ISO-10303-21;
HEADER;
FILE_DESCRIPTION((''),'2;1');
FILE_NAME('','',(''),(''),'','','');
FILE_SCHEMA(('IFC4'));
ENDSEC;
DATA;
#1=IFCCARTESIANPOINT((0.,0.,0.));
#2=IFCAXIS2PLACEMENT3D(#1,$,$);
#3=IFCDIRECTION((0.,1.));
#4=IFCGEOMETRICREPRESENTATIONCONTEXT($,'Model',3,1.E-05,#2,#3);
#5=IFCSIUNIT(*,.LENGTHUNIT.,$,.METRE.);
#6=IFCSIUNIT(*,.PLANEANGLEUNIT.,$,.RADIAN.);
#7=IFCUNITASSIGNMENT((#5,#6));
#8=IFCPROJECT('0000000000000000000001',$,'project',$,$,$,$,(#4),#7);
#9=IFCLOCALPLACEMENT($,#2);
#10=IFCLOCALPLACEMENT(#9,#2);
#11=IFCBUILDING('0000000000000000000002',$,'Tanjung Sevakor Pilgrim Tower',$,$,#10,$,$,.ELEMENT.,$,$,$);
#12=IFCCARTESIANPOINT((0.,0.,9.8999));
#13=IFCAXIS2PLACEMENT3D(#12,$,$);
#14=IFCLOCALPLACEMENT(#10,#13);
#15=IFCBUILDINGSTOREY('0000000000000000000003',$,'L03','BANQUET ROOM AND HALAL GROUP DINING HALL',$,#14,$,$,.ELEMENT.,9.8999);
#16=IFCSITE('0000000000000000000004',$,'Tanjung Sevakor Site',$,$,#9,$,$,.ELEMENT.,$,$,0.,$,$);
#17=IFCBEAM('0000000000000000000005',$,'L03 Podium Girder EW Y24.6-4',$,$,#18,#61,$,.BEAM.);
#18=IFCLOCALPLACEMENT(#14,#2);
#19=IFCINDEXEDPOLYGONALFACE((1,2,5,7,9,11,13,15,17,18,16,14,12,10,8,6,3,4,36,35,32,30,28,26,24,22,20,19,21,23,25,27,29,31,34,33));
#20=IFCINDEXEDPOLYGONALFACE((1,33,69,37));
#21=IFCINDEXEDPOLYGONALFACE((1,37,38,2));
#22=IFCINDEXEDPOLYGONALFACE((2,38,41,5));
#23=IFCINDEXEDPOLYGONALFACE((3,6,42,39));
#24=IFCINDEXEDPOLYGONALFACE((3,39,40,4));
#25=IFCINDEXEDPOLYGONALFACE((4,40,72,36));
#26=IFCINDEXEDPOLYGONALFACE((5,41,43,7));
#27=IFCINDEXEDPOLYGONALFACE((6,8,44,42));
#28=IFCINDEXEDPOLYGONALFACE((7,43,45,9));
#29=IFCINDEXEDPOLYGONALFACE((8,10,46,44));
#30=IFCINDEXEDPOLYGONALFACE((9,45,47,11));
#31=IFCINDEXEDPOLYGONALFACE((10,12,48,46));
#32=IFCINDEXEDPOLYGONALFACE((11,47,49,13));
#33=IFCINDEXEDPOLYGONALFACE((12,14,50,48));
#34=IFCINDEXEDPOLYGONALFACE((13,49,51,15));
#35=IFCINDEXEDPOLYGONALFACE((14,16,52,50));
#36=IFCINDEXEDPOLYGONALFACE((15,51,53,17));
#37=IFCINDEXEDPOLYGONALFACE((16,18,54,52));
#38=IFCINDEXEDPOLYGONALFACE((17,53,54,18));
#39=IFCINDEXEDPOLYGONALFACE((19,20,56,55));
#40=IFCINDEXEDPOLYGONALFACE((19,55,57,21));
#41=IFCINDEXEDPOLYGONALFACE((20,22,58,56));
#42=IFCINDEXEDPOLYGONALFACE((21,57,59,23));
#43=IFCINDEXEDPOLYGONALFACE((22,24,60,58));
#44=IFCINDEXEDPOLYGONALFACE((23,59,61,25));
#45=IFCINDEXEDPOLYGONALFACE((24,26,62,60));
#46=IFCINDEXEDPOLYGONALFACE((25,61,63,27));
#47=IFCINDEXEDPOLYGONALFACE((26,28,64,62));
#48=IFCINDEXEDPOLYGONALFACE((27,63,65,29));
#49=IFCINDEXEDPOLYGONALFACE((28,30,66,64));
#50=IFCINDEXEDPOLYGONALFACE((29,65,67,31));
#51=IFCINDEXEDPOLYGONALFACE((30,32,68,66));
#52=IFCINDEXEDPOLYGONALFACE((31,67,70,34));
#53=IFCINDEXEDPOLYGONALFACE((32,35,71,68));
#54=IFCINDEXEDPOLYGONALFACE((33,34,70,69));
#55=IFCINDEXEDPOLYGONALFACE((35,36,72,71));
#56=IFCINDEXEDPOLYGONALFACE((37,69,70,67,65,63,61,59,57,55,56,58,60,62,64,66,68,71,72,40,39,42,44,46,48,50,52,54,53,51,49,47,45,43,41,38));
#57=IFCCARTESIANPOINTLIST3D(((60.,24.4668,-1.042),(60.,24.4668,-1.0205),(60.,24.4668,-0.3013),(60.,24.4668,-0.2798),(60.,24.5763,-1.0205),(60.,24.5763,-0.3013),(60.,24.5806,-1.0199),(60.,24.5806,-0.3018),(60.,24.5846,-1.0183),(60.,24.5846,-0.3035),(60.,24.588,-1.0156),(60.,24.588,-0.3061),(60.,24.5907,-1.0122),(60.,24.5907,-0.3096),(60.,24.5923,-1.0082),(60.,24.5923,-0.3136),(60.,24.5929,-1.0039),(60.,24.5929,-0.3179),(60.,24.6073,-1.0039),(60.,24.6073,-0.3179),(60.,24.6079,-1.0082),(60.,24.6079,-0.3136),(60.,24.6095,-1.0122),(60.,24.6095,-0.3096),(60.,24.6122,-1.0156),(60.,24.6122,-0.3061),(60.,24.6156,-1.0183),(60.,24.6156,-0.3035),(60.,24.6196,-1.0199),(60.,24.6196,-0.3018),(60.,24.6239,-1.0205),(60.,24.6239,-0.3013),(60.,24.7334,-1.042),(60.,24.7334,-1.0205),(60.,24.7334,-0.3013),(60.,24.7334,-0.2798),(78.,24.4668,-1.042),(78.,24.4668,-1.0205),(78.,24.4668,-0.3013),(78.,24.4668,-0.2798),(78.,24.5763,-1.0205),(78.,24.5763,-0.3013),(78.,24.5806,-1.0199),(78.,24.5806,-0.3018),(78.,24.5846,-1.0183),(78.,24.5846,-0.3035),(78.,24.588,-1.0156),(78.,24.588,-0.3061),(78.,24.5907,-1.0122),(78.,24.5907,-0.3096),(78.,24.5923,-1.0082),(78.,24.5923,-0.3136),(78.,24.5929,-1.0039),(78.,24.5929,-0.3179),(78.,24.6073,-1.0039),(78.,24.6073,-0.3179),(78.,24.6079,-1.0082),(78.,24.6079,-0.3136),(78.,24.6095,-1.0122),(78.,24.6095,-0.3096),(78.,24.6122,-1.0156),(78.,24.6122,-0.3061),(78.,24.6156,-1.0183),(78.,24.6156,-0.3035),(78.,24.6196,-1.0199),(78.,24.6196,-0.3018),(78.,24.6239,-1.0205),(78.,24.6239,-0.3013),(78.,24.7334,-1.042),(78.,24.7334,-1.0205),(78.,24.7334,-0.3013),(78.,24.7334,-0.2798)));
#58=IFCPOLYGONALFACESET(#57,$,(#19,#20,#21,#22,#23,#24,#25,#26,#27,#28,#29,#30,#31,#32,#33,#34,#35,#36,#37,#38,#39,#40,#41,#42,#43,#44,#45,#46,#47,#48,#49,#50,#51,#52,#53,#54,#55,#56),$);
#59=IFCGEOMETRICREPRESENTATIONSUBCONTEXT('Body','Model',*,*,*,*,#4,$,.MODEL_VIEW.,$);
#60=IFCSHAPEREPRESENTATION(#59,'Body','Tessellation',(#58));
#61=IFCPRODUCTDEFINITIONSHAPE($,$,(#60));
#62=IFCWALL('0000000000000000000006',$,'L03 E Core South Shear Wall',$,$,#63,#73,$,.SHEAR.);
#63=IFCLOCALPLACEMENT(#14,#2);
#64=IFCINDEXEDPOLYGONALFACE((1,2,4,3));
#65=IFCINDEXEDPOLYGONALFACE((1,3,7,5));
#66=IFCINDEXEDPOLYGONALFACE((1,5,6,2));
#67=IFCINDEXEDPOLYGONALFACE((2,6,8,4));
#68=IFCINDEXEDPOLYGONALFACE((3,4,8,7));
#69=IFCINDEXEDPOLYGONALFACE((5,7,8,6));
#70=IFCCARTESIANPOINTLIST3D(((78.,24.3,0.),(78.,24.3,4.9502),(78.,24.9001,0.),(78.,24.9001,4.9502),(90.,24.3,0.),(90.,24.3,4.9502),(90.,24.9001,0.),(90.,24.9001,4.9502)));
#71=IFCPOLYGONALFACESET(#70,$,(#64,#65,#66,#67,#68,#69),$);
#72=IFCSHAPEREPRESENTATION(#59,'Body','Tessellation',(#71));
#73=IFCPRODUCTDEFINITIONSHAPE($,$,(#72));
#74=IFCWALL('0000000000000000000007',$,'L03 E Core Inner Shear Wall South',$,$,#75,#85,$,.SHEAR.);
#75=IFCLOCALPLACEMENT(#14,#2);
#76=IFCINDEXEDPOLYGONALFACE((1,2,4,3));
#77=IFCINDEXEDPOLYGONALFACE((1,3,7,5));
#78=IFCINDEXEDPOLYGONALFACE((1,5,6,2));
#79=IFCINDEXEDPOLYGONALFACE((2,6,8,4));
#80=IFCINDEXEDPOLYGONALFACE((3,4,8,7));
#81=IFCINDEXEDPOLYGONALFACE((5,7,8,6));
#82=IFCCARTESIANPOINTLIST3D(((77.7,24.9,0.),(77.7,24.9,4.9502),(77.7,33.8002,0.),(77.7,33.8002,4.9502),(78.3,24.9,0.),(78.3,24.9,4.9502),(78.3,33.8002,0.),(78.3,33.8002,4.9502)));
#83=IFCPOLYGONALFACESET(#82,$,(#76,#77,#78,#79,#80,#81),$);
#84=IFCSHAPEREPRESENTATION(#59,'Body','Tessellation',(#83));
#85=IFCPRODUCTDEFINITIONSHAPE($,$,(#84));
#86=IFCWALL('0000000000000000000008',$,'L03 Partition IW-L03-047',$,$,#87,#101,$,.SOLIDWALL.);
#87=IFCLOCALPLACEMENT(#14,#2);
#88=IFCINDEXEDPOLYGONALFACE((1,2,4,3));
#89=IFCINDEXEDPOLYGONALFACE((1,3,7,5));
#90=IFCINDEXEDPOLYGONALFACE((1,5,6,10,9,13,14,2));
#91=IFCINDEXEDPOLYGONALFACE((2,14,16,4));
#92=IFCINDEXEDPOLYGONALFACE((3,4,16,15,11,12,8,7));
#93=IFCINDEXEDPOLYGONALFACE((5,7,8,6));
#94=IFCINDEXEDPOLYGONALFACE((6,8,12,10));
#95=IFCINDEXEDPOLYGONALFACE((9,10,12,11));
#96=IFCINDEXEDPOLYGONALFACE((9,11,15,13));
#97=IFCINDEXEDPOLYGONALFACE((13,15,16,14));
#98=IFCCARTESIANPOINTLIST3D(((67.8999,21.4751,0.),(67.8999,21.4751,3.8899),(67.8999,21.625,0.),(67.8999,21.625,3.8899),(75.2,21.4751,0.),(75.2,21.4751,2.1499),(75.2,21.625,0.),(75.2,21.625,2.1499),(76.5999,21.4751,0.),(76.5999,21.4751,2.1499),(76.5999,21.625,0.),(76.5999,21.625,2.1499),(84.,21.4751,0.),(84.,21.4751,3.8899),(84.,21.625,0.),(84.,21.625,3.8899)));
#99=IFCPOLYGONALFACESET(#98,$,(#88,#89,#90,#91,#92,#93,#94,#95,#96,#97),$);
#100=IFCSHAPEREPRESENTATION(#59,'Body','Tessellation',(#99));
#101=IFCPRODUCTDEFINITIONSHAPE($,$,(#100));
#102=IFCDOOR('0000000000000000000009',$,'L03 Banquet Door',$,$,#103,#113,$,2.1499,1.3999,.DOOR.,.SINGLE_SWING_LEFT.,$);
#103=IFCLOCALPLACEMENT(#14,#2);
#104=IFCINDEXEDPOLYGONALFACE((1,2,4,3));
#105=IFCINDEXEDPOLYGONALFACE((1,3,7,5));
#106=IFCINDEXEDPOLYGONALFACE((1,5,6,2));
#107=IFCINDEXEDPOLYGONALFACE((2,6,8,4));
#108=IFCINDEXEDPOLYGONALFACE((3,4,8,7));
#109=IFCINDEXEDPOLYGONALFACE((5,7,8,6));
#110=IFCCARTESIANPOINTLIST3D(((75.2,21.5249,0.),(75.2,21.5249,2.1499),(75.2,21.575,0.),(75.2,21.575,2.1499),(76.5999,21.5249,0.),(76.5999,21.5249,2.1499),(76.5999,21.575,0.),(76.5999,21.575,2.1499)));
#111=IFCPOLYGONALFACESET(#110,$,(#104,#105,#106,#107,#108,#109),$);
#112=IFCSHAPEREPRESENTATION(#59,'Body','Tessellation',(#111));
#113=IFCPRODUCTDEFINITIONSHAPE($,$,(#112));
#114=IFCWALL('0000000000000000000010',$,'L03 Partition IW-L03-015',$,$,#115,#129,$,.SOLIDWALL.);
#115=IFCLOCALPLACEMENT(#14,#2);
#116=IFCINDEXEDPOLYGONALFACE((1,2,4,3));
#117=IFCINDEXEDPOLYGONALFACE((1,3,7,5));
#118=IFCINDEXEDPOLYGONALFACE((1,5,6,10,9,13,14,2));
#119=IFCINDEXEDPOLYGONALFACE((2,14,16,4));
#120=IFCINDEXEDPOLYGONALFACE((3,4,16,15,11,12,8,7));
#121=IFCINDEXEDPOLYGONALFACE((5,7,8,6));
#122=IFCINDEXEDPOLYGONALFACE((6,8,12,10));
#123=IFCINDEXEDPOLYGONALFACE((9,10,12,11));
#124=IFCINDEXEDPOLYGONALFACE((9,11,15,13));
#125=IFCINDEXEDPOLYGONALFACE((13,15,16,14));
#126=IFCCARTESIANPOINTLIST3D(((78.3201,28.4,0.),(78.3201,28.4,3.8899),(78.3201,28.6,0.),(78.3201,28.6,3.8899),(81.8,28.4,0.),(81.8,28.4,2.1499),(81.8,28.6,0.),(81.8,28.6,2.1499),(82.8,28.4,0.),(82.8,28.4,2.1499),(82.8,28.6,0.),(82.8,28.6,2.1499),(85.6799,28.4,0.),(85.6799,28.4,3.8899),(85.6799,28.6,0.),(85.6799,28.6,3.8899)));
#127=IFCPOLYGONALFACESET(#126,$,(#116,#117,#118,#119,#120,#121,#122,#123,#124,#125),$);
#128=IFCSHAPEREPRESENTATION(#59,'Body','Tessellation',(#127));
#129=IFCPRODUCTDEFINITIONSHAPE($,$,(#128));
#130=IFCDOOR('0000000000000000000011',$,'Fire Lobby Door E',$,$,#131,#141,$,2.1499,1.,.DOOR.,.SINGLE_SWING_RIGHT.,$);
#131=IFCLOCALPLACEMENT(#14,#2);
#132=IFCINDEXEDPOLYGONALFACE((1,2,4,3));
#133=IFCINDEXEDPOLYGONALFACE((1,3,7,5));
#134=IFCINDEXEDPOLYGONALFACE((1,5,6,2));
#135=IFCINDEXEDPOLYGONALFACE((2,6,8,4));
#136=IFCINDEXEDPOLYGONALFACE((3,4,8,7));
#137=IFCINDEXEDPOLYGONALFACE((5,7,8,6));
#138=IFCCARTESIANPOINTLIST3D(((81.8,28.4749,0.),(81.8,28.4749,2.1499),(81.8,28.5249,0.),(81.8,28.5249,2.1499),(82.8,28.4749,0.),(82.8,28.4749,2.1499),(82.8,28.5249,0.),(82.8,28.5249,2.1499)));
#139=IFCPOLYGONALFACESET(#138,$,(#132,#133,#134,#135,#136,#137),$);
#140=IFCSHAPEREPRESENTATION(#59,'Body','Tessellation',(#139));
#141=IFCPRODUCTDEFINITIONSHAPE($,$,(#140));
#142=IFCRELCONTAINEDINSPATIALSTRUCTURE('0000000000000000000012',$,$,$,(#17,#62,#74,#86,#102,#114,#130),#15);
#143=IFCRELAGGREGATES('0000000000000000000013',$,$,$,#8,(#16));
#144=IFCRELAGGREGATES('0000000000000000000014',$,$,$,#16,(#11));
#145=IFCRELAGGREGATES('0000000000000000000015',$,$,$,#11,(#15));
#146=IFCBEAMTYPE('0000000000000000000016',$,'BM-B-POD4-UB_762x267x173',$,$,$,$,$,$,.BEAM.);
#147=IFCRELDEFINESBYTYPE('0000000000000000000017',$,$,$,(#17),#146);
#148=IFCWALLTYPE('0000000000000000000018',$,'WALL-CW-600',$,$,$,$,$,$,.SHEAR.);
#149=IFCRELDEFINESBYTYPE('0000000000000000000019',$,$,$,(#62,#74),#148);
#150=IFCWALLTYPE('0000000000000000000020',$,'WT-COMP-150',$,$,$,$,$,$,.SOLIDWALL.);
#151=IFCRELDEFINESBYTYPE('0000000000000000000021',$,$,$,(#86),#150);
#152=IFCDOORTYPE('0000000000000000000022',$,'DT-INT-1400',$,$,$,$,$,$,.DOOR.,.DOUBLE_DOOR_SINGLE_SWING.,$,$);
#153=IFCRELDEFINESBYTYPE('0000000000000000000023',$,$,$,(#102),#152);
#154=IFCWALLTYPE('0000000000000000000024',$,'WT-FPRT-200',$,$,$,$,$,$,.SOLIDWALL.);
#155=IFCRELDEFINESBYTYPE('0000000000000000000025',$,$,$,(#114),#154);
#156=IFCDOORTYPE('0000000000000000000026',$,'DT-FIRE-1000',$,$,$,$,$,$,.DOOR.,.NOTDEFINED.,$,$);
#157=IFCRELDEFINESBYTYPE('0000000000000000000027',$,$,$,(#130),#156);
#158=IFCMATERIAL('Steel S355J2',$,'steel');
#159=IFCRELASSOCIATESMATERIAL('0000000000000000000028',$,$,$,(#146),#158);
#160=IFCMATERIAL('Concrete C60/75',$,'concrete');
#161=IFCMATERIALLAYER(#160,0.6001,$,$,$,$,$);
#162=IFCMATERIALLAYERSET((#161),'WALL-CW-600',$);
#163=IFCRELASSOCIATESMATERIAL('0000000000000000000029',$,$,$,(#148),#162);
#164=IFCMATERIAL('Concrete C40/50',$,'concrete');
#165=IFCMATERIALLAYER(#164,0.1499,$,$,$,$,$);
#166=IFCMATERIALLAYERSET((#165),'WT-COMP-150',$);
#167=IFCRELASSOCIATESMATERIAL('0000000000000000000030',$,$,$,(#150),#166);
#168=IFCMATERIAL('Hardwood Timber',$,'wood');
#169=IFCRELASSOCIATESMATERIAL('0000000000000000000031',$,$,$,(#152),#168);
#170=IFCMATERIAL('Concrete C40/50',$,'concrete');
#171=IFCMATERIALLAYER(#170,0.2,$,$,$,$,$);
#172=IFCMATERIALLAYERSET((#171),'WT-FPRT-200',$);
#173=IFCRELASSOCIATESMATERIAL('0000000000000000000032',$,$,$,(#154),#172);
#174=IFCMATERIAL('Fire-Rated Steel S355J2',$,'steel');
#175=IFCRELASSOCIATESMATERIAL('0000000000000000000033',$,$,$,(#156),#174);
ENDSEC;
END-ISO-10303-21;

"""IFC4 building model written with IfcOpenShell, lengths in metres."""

from ifc_helpers import new_model, si_unit, direction, frame, frame_2d, origin, origin_2d, place, context, subcontext, project, spatial, rectangle, i_section, extrude, material, layer, layer_set, material_profile, profile_set, type_object, element, fill, save


model = new_model("IFC4")

# Units and contexts
model_context = context("Model", 3, precision=1e-05, world=origin(), true_north=direction((0.0, 1.0)))
body_context = subcontext(model_context, "Body", "Model", "MODEL_VIEW")
ifc_project = project(units=[si_unit("LENGTHUNIT", "METRE"), si_unit("PLANEANGLEUNIT", "RADIAN")], contexts=[model_context])

# Site, building, storey
site_placement = place(None, origin())
site = spatial("IfcSite", under=ifc_project, at=site_placement, Name="Tanjung Sevakor Site", CompositionType="ELEMENT", RefElevation=0.0)
building_placement = place(site_placement, origin())
building = spatial("IfcBuilding", under=site, at=building_placement, Name="Tanjung Sevakor Pilgrim Tower", CompositionType="ELEMENT")
storey_placement = place(building_placement, frame((0.0, 0.0, 9.8999)))
storey = spatial("IfcBuildingStorey", under=building, at=storey_placement, Name="L03", Description="BANQUET ROOM AND HALAL GROUP DINING HALL", CompositionType="ELEMENT", Elevation=9.8999)

# Beam
ifc_material_1 = material(Name="Steel S355J2", Category="steel")
ifc_material_profile_1 = material_profile(ifc_material_1, i_section(OverallWidth=0.2666, OverallDepth=0.7622, WebThickness=0.0144, FlangeThickness=0.0215, FilletRadius=0.0166, at=origin_2d()))
ifc_profile_set_1 = profile_set([ifc_material_profile_1], Name="Steel S355J2")
beam_type_1 = type_object("IfcBeamType", Name="BM-B-POD4-UB_762x267x173", PredefinedType="BEAM", material=ifc_profile_set_1)
beam_1_placement = place(storey_placement, frame((60.0, 24.6001, -0.6609), z_axis=(1.0, 0.0, 0.0), x_axis=(0.0, 1.0, 0.0)))
element("IfcBeam", 1, at=beam_1_placement, inside=storey, type_object=beam_type_1, Name="L03 Podium Girder EW Y24.6-4", PredefinedType="BEAM", context=body_context, shape_type="SweptSolid", body=[
    extrude(i_section(OverallWidth=0.2666, OverallDepth=0.7622, WebThickness=0.0144, FlangeThickness=0.0215, FilletRadius=0.0166, at=origin_2d()), origin(), (0.0, 0.0, 1.0), 18.0),
])

# Walls
ifc_material_2 = material(Name="Concrete C60/75", Category="concrete")
ifc_layer_1 = layer(ifc_material_2, 0.6001)
ifc_layer_set_1 = layer_set([ifc_layer_1], Name="WALL-CW-600")
wall_type_1 = type_object("IfcWallType", Name="WALL-CW-600", PredefinedType="SHEAR", material=ifc_layer_set_1)
wall_1_placement = place(storey_placement, frame((78.0, 24.6001, 0.0), z_axis=(0.0, 0.0, 1.0), x_axis=(1.0, 0.0, 0.0)))
element("IfcWall", 2, at=wall_1_placement, inside=storey, type_object=wall_type_1, Name="L03 E Core South Shear Wall", PredefinedType="SHEAR", context=body_context, shape_type="SweptSolid", body=[
    extrude(rectangle(XDim=12.0, YDim=0.6001, at=frame_2d((6.0, 0.0))), origin(), (0.0, 0.0, 1.0), 4.9502),
])
wall_2_placement = place(storey_placement, frame((78.0, 24.8999, 0.0), z_axis=(0.0, 0.0, 1.0), x_axis=(0.0, 1.0, 0.0)))
element("IfcWall", 3, at=wall_2_placement, inside=storey, type_object=wall_type_1, Name="L03 E Core Inner Shear Wall South", PredefinedType="SHEAR", context=body_context, shape_type="SweptSolid", body=[
    extrude(rectangle(XDim=8.9001, YDim=0.6001, at=frame_2d((4.4502, 0.0))), origin(), (0.0, 0.0, 1.0), 4.9502),
])

# Walls, openings, doors
ifc_material_3 = material(Name="Concrete C40/50", Category="concrete")
ifc_layer_2 = layer(ifc_material_3, 0.1499)
ifc_layer_set_2 = layer_set([ifc_layer_2], Name="WT-COMP-150")
wall_type_2 = type_object("IfcWallType", Name="WT-COMP-150", PredefinedType="SOLIDWALL", material=ifc_layer_set_2)
wall_3_placement = place(storey_placement, frame((67.8999, 21.55, 0.0), z_axis=(0.0, 0.0, 1.0), x_axis=(1.0, 0.0, 0.0)))
wall_3 = element("IfcWall", 4, at=wall_3_placement, inside=storey, type_object=wall_type_2, Name="L03 Partition IW-L03-047", PredefinedType="SOLIDWALL", context=body_context, shape_type="SweptSolid", body=[
    extrude(rectangle(XDim=16.1001, YDim=0.1499, at=frame_2d((8.05, 0.0))), origin(), (0.0, 0.0, 1.0), 3.8899),
])
opening_1_placement = place(wall_3_placement, frame((7.3, 0.0, 0.0)))
opening_1 = element("IfcOpeningElement", 5, at=opening_1_placement, cuts=wall_3, PredefinedType="OPENING", context=body_context, shape_type="SweptSolid", body=[
    extrude(rectangle(XDim=1.3999, YDim=2.1499, at=frame_2d((0.7, 1.075))), frame((0.0, 0.085, 0.0), z_axis=(0.0, -1.0, 0.0), x_axis=(1.0, 0.0, 0.0)), (0.0, 0.0, 1.0), 0.1699),
])
ifc_material_4 = material(Name="Hardwood Timber", Category="wood")
door_type_1 = type_object("IfcDoorType", Name="DT-INT-1400", OperationType="DOUBLE_DOOR_SINGLE_SWING", PredefinedType="DOOR", material=ifc_material_4)
door_1_placement = place(opening_1_placement, origin())
door_1 = element("IfcDoor", 6, at=door_1_placement, inside=storey, type_object=door_type_1, Name="L03 Banquet Door", OperationType="SINGLE_SWING_LEFT", OverallHeight=2.1499, OverallWidth=1.3999, PredefinedType="DOOR", context=body_context, shape_type="SweptSolid", body=[
    extrude(rectangle(XDim=1.3999, YDim=2.1499, at=frame_2d((0.7, 1.075))), frame((0.0, 0.0249, 0.0), z_axis=(0.0, -1.0, 0.0), x_axis=(1.0, 0.0, 0.0)), (0.0, 0.0, 1.0), 0.05),
])
fill(opening_1, door_1)
ifc_material_5 = material(Name="Concrete C40/50", Category="concrete")
ifc_layer_3 = layer(ifc_material_5, 0.2)
ifc_layer_set_3 = layer_set([ifc_layer_3], Name="WT-FPRT-200")
wall_type_3 = type_object("IfcWallType", Name="WT-FPRT-200", PredefinedType="SOLIDWALL", material=ifc_layer_set_3)
wall_4_placement = place(storey_placement, frame((78.3201, 28.5, 0.0), z_axis=(0.0, 0.0, 1.0), x_axis=(1.0, 0.0, 0.0)))
wall_4 = element("IfcWall", 7, at=wall_4_placement, inside=storey, type_object=wall_type_3, Name="L03 Partition IW-L03-015", PredefinedType="SOLIDWALL", context=body_context, shape_type="SweptSolid", body=[
    extrude(rectangle(XDim=7.3599, YDim=0.2, at=frame_2d((3.6799, 0.0))), origin(), (0.0, 0.0, 1.0), 3.8899),
])
opening_2_placement = place(wall_4_placement, frame((3.48, 0.0, 0.0)))
opening_2 = element("IfcOpeningElement", 8, at=opening_2_placement, cuts=wall_4, PredefinedType="OPENING", context=body_context, shape_type="SweptSolid", body=[
    extrude(rectangle(XDim=1.0, YDim=2.1499, at=frame_2d((0.5, 1.075))), frame((0.0, 0.1099, 0.0), z_axis=(0.0, -1.0, 0.0), x_axis=(1.0, 0.0, 0.0)), (0.0, 0.0, 1.0), 0.22),
])
ifc_material_6 = material(Name="Fire-Rated Steel S355J2", Category="steel")
door_type_2 = type_object("IfcDoorType", Name="DT-FIRE-1000", OperationType="NOTDEFINED", PredefinedType="DOOR", material=ifc_material_6)
door_2_placement = place(opening_2_placement, origin())
door_2 = element("IfcDoor", 9, at=door_2_placement, inside=storey, type_object=door_type_2, Name="Fire Lobby Door E", OperationType="SINGLE_SWING_RIGHT", OverallHeight=2.1499, OverallWidth=1.0, PredefinedType="DOOR", context=body_context, shape_type="SweptSolid", body=[
    extrude(rectangle(XDim=1.0, YDim=2.1499, at=frame_2d((0.5, 1.075))), frame((0.0, 0.0249, 0.0), z_axis=(0.0, -1.0, 0.0), x_axis=(1.0, 0.0, 0.0)), (0.0, 0.0, 1.0), 0.05),
])
fill(opening_2, door_2)

save(model, "model.ifc")
